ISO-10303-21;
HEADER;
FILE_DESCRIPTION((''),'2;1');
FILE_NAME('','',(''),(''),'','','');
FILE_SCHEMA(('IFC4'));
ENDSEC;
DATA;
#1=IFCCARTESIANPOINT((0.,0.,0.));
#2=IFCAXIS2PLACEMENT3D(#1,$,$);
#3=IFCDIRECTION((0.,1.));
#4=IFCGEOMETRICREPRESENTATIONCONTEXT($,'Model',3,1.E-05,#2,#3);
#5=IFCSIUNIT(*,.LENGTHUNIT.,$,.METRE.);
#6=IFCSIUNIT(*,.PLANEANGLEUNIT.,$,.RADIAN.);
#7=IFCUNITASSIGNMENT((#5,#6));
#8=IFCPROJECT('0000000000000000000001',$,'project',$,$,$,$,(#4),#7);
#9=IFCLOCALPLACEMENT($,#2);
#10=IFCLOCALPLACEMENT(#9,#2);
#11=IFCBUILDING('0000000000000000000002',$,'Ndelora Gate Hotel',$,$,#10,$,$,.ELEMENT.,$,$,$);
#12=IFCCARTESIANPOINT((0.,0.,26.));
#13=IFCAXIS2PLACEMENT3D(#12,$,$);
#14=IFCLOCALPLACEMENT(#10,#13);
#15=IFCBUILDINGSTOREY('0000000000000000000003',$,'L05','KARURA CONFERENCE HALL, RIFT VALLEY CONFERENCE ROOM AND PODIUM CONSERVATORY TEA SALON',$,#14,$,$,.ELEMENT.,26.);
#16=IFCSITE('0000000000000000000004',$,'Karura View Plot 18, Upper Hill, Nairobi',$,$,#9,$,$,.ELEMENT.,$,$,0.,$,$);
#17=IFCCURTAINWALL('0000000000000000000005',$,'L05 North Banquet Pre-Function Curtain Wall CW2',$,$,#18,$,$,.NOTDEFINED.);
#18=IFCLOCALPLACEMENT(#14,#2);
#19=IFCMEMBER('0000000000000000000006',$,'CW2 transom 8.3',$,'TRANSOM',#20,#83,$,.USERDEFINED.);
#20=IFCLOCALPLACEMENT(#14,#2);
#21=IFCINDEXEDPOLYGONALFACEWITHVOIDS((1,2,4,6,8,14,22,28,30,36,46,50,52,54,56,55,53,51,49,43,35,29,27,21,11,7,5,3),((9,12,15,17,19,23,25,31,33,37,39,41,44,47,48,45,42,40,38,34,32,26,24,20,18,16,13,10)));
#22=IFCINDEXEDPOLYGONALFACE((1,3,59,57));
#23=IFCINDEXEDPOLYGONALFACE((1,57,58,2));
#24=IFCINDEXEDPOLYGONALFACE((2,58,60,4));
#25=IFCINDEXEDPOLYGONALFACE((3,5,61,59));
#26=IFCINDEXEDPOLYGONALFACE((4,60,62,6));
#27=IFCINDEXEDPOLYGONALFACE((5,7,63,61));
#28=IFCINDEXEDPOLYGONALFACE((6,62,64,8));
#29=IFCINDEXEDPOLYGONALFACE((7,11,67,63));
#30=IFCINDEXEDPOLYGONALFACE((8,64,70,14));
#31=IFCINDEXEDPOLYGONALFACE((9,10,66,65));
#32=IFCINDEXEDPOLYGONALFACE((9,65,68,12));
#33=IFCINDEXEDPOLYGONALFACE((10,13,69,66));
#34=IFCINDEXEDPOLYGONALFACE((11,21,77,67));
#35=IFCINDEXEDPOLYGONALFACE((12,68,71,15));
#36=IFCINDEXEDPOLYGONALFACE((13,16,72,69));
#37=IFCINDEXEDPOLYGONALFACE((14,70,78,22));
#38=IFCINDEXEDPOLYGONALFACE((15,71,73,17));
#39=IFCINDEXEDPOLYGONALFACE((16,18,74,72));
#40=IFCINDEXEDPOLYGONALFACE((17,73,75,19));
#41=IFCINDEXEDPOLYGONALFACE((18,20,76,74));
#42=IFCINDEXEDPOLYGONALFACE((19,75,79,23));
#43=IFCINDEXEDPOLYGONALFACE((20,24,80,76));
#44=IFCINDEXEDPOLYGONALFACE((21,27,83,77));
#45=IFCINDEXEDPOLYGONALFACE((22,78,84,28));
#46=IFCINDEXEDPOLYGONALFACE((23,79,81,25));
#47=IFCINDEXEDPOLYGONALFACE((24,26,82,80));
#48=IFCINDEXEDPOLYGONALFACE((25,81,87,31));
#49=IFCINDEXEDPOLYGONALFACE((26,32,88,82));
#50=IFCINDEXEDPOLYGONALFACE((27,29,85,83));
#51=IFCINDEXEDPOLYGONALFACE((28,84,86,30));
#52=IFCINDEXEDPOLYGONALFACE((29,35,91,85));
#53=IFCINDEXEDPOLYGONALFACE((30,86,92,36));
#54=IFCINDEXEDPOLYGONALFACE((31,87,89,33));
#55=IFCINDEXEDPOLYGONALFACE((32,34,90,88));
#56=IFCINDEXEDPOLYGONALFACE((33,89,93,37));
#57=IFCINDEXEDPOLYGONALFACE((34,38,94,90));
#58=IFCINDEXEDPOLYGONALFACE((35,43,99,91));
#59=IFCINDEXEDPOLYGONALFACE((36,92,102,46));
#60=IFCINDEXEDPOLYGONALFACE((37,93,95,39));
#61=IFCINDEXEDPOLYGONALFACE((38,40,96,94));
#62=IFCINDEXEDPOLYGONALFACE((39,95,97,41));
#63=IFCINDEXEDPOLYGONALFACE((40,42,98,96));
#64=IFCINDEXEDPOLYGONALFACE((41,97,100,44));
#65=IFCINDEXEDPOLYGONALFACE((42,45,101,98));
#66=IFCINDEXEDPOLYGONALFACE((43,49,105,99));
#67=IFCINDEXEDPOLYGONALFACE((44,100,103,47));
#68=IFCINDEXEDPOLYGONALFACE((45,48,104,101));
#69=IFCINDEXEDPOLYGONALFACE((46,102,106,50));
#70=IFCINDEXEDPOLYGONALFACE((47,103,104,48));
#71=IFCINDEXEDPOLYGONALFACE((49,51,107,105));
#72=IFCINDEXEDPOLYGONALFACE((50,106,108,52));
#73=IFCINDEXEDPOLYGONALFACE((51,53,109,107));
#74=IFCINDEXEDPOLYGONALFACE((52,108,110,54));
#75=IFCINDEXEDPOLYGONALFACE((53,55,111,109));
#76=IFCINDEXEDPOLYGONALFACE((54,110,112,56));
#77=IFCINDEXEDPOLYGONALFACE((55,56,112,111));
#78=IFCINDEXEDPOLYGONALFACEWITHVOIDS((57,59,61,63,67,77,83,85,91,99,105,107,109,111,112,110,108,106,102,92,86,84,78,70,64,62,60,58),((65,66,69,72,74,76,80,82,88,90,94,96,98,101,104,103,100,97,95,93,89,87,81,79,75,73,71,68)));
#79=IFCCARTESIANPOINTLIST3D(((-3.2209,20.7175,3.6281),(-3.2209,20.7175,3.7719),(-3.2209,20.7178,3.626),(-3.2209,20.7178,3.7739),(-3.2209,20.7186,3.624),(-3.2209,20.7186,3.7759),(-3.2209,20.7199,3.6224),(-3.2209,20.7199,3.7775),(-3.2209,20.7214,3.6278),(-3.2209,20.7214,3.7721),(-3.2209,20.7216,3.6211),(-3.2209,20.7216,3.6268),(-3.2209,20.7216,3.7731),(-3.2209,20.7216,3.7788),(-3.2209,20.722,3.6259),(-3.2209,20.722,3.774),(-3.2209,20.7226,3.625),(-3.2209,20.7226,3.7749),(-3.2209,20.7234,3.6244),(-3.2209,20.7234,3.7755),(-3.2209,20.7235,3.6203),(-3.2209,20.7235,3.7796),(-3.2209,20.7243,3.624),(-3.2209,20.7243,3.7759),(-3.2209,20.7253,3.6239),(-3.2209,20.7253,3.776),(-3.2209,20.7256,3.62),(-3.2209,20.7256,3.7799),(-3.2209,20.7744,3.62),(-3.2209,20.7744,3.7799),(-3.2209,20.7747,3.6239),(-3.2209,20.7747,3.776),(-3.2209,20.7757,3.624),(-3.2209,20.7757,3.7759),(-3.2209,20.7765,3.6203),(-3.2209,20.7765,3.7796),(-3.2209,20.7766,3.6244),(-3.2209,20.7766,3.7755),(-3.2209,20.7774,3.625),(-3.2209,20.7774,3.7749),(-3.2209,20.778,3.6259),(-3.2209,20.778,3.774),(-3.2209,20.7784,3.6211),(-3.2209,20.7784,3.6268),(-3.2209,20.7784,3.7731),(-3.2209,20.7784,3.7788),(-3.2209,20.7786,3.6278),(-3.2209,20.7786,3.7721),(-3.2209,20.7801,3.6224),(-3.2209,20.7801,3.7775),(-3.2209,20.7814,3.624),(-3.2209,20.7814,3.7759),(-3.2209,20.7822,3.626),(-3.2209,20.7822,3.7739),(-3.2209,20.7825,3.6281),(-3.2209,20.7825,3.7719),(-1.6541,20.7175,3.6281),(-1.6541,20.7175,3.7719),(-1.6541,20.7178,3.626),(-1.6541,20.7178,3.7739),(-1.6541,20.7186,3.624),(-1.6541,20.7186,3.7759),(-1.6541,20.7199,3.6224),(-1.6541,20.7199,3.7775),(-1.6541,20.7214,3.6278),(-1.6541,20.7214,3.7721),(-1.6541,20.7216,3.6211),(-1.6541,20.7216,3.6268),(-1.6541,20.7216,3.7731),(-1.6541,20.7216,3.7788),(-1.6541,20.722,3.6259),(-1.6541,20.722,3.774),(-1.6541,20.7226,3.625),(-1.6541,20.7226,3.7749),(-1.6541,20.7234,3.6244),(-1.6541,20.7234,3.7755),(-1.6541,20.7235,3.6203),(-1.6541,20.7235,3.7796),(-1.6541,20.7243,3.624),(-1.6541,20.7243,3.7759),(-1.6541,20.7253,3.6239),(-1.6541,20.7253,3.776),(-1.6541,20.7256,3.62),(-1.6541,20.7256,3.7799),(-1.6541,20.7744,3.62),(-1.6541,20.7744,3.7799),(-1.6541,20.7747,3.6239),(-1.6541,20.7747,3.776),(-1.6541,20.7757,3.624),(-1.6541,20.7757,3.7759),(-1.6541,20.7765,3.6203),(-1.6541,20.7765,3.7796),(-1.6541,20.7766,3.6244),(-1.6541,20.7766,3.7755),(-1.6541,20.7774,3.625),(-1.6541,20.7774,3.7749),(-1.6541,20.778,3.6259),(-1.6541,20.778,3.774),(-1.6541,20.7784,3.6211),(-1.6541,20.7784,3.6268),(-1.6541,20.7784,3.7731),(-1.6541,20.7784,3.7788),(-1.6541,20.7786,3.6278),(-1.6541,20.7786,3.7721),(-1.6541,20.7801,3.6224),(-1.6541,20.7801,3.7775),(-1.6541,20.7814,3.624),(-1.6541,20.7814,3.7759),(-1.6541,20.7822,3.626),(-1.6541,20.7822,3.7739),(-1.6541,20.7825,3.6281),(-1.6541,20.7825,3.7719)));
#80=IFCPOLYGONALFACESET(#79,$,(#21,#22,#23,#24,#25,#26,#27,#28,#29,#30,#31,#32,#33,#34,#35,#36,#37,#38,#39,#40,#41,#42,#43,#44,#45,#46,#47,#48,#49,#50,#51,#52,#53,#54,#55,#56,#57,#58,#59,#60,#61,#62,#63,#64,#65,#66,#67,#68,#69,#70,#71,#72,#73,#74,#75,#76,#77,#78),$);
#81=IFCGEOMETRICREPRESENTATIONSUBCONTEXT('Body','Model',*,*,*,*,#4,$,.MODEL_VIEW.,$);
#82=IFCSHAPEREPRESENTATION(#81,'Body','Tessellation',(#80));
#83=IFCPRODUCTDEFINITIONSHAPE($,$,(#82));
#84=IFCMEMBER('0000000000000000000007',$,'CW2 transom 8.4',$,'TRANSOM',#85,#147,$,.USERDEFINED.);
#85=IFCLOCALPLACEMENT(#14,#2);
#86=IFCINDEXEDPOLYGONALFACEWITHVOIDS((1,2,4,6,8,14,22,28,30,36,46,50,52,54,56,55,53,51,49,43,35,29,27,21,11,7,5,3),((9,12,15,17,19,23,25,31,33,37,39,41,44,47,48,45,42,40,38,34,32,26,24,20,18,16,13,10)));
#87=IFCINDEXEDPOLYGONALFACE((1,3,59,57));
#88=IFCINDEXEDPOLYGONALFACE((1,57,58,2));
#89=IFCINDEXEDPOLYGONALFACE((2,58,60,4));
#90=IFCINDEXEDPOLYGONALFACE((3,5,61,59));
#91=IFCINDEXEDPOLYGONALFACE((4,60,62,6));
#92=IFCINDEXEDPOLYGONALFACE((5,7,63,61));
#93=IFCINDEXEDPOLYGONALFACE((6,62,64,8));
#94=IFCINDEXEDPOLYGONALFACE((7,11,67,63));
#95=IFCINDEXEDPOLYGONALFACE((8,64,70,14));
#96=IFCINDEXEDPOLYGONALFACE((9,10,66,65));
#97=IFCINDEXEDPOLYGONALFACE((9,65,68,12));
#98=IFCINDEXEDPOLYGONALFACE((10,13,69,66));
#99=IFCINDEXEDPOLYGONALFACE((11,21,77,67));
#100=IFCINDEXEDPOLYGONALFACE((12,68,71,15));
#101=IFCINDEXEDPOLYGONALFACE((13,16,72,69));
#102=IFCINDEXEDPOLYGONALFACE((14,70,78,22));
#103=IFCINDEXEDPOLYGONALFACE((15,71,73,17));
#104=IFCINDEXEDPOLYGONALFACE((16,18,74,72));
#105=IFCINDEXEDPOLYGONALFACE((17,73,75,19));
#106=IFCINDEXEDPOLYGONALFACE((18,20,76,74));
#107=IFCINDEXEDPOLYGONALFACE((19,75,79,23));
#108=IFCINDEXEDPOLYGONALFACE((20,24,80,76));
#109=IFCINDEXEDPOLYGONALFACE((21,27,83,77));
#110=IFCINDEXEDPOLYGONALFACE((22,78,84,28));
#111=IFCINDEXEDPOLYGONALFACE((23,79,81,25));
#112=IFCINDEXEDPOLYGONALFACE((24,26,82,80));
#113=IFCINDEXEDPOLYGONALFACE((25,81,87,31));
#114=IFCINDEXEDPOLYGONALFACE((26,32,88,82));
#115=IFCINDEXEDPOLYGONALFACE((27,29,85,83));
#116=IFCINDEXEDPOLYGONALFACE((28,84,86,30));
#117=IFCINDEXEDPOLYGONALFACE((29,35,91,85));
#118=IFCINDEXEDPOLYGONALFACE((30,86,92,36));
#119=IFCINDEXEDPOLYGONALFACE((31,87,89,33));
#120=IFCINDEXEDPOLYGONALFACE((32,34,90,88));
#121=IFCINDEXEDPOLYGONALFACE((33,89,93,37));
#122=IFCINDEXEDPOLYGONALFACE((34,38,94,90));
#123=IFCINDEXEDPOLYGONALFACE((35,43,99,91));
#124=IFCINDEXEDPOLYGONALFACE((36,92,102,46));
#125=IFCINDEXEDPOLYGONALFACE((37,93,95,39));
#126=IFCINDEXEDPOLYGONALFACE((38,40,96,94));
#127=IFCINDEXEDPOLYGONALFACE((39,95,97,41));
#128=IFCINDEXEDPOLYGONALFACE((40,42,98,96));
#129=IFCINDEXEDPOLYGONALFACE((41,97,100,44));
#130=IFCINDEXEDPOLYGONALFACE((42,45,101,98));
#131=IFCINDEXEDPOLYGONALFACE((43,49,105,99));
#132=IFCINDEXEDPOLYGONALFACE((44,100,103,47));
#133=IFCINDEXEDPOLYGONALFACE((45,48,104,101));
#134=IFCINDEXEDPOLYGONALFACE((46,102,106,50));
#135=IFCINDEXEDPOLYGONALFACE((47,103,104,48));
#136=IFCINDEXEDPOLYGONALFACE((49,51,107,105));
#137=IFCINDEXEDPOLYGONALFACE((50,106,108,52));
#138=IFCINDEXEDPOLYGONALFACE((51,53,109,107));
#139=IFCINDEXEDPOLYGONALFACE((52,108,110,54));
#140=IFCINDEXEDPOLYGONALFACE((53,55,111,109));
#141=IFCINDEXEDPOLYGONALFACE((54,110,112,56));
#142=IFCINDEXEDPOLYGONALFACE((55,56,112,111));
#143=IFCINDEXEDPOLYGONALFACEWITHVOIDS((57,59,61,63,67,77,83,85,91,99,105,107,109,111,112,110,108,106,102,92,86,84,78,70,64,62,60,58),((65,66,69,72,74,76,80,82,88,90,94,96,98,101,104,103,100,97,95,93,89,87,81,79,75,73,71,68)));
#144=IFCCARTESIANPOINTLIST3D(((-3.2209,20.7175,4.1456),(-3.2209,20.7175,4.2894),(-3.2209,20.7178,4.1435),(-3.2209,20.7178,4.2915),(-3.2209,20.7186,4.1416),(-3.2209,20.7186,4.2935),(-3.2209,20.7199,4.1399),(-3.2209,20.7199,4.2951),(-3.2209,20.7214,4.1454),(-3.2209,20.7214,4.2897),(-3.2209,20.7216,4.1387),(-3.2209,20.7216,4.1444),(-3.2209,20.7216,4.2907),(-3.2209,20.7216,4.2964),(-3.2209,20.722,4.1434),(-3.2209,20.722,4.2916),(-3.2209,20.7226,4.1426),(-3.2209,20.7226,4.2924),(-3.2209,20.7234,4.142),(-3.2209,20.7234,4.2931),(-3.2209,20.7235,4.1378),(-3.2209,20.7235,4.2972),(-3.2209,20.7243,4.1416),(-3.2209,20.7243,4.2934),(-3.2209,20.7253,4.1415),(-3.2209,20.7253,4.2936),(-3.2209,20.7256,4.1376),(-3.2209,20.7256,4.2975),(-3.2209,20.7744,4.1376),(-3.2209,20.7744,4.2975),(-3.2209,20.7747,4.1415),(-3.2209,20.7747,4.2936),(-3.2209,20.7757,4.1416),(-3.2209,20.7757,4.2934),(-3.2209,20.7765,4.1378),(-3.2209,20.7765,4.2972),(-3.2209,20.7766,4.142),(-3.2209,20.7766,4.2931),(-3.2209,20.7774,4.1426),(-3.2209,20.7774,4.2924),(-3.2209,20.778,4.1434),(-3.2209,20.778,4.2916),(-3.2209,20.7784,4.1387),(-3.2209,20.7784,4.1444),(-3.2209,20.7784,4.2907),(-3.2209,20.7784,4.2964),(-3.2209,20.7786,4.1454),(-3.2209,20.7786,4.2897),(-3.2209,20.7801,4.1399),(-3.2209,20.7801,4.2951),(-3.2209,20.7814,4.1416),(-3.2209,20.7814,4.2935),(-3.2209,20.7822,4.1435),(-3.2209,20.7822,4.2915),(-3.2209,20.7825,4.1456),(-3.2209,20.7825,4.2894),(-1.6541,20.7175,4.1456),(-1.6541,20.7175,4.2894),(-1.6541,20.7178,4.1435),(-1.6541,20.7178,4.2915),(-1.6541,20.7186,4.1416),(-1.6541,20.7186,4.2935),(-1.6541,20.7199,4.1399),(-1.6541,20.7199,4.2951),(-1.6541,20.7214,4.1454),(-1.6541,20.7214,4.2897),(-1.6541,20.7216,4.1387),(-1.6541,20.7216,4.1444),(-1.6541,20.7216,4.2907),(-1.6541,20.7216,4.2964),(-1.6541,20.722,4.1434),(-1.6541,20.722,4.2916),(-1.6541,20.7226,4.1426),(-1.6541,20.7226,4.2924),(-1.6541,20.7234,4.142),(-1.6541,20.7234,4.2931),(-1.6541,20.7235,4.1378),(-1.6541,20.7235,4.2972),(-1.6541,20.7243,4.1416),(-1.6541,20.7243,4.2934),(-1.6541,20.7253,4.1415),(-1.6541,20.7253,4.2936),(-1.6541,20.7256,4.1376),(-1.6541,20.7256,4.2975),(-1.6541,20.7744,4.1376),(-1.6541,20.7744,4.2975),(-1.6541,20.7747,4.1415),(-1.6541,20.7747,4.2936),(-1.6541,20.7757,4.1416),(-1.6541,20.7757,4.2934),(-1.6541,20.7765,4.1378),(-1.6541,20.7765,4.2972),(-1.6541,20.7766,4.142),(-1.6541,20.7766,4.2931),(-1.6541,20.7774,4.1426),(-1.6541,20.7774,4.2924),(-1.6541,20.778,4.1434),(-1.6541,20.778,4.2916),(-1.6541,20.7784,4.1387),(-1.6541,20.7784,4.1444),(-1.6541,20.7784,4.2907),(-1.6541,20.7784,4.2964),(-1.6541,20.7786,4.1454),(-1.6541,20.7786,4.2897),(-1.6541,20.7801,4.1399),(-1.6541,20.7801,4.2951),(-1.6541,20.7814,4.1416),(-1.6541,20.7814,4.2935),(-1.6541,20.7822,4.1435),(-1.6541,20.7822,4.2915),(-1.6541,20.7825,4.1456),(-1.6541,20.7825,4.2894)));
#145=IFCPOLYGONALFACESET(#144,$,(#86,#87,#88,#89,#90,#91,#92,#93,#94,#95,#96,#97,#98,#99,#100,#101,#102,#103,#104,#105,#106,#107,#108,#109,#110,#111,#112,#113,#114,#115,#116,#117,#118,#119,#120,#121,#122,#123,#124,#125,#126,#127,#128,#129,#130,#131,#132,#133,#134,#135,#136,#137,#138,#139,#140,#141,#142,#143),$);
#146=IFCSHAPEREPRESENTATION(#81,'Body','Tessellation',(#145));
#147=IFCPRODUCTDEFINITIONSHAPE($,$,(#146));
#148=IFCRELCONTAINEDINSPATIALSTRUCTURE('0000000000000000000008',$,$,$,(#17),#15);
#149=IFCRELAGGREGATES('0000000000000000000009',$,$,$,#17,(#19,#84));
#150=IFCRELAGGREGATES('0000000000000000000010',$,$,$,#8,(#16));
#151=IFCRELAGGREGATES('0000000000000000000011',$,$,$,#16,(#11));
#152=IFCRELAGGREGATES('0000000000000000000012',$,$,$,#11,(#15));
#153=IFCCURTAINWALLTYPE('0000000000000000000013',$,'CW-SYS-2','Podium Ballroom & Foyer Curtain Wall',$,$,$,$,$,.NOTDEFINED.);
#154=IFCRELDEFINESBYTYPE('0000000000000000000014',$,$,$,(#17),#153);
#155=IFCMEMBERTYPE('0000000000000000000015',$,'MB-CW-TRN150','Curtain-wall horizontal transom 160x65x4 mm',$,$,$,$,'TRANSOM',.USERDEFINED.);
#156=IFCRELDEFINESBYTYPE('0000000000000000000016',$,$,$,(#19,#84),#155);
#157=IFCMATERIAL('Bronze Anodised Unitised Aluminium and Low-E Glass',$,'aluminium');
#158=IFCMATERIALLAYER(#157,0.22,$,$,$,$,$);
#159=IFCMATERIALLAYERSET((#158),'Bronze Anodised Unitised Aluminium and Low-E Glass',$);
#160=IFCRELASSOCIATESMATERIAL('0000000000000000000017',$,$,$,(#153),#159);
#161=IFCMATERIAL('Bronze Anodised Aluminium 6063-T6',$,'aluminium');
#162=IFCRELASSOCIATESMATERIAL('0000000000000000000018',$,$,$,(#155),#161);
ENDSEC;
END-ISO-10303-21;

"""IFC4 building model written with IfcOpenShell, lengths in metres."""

from ifc_helpers import new_model, si_unit, direction, frame, origin, origin_2d, place, context, subcontext, project, spatial, hollow_rectangle, extrude, material, layer, layer_set, material_profile, profile_set, type_object, element, aggregate, save


model = new_model("IFC4")

# Units and contexts
model_context = context("Model", 3, precision=1e-05, world=origin(), true_north=direction((0.0, 1.0)))
body_context = subcontext(model_context, "Body", "Model", "MODEL_VIEW")
ifc_project = project(units=[si_unit("LENGTHUNIT", "METRE"), si_unit("PLANEANGLEUNIT", "RADIAN")], contexts=[model_context])

# Site, building, storey
site_placement = place(None, origin())
site = spatial("IfcSite", under=ifc_project, at=site_placement, Name="Karura View Plot 18, Upper Hill, Nairobi", CompositionType="ELEMENT", RefElevation=0.0)
building_placement = place(site_placement, origin())
building = spatial("IfcBuilding", under=site, at=building_placement, Name="Ndelora Gate Hotel", CompositionType="ELEMENT")
storey_placement = place(building_placement, frame((0.0, 0.0, 26.0)))
storey = spatial("IfcBuildingStorey", under=building, at=storey_placement, Name="L05", Description="KARURA CONFERENCE HALL, RIFT VALLEY CONFERENCE ROOM AND PODIUM CONSERVATORY TEA SALON", CompositionType="ELEMENT", Elevation=26.0)

# Curtain wall, members
ifc_material_1 = material(Name="Bronze Anodised Unitised Aluminium and Low-E Glass", Category="aluminium")
ifc_layer_1 = layer(ifc_material_1, 0.22)
ifc_layer_set_1 = layer_set([ifc_layer_1], Name="Bronze Anodised Unitised Aluminium and Low-E Glass")
curtain_wall_type = type_object("IfcCurtainWallType", Name="CW-SYS-2", Description="Podium Ballroom & Foyer Curtain Wall", PredefinedType="NOTDEFINED", material=ifc_layer_set_1)
curtain_wall_placement = place(storey_placement, origin())
curtain_wall = element("IfcCurtainWall", 1, at=curtain_wall_placement, inside=storey, type_object=curtain_wall_type, Name="L05 North Banquet Pre-Function Curtain Wall CW2", PredefinedType="NOTDEFINED")
ifc_material_2 = material(Name="Bronze Anodised Aluminium 6063-T6", Category="aluminium")
ifc_material_profile_1 = material_profile(ifc_material_2, hollow_rectangle(XDim=0.0649, YDim=0.1599, WallThickness=0.0039, InnerFilletRadius=0.0039, OuterFilletRadius=0.0081, at=origin_2d()), Name="ALU 160x65x4")
ifc_profile_set_1 = profile_set([ifc_material_profile_1], Name="Bronze Anodised Aluminium 6063-T6")
member_type_1 = type_object("IfcMemberType", Name="MB-CW-TRN150", Description="Curtain-wall horizontal transom 160x65x4 mm", ElementType="TRANSOM", PredefinedType="USERDEFINED", material=ifc_profile_set_1)
member_1_placement = place(storey_placement, frame((-1.6541, 20.75, 3.7), z_axis=(-1.0, 0.0, 0.0), x_axis=(0.0, -1.0, 0.0)))
member_1 = element("IfcMember", 2, at=member_1_placement, type_object=member_type_1, Name="CW2 transom 8.3", ObjectType="TRANSOM", PredefinedType="USERDEFINED", context=body_context, shape_type="SweptSolid", body=[
    extrude(hollow_rectangle(XDim=0.0649, YDim=0.1599, WallThickness=0.0039, InnerFilletRadius=0.0039, OuterFilletRadius=0.0081, at=origin_2d()), origin(), (0.0, 0.0, 1.0), 1.5669),
])
member_2_placement = place(storey_placement, frame((-1.6541, 20.75, 4.2175), z_axis=(-1.0, 0.0, 0.0), x_axis=(0.0, -1.0, 0.0)))
member_2 = element("IfcMember", 3, at=member_2_placement, type_object=member_type_1, Name="CW2 transom 8.4", ObjectType="TRANSOM", PredefinedType="USERDEFINED", context=body_context, shape_type="SweptSolid", body=[
    extrude(hollow_rectangle(XDim=0.0649, YDim=0.1599, WallThickness=0.0039, InnerFilletRadius=0.0039, OuterFilletRadius=0.0081, at=origin_2d()), origin(), (0.0, 0.0, 1.0), 1.5669),
])
aggregate(curtain_wall, [member_1, member_2])

save(model, "model.ifc")
